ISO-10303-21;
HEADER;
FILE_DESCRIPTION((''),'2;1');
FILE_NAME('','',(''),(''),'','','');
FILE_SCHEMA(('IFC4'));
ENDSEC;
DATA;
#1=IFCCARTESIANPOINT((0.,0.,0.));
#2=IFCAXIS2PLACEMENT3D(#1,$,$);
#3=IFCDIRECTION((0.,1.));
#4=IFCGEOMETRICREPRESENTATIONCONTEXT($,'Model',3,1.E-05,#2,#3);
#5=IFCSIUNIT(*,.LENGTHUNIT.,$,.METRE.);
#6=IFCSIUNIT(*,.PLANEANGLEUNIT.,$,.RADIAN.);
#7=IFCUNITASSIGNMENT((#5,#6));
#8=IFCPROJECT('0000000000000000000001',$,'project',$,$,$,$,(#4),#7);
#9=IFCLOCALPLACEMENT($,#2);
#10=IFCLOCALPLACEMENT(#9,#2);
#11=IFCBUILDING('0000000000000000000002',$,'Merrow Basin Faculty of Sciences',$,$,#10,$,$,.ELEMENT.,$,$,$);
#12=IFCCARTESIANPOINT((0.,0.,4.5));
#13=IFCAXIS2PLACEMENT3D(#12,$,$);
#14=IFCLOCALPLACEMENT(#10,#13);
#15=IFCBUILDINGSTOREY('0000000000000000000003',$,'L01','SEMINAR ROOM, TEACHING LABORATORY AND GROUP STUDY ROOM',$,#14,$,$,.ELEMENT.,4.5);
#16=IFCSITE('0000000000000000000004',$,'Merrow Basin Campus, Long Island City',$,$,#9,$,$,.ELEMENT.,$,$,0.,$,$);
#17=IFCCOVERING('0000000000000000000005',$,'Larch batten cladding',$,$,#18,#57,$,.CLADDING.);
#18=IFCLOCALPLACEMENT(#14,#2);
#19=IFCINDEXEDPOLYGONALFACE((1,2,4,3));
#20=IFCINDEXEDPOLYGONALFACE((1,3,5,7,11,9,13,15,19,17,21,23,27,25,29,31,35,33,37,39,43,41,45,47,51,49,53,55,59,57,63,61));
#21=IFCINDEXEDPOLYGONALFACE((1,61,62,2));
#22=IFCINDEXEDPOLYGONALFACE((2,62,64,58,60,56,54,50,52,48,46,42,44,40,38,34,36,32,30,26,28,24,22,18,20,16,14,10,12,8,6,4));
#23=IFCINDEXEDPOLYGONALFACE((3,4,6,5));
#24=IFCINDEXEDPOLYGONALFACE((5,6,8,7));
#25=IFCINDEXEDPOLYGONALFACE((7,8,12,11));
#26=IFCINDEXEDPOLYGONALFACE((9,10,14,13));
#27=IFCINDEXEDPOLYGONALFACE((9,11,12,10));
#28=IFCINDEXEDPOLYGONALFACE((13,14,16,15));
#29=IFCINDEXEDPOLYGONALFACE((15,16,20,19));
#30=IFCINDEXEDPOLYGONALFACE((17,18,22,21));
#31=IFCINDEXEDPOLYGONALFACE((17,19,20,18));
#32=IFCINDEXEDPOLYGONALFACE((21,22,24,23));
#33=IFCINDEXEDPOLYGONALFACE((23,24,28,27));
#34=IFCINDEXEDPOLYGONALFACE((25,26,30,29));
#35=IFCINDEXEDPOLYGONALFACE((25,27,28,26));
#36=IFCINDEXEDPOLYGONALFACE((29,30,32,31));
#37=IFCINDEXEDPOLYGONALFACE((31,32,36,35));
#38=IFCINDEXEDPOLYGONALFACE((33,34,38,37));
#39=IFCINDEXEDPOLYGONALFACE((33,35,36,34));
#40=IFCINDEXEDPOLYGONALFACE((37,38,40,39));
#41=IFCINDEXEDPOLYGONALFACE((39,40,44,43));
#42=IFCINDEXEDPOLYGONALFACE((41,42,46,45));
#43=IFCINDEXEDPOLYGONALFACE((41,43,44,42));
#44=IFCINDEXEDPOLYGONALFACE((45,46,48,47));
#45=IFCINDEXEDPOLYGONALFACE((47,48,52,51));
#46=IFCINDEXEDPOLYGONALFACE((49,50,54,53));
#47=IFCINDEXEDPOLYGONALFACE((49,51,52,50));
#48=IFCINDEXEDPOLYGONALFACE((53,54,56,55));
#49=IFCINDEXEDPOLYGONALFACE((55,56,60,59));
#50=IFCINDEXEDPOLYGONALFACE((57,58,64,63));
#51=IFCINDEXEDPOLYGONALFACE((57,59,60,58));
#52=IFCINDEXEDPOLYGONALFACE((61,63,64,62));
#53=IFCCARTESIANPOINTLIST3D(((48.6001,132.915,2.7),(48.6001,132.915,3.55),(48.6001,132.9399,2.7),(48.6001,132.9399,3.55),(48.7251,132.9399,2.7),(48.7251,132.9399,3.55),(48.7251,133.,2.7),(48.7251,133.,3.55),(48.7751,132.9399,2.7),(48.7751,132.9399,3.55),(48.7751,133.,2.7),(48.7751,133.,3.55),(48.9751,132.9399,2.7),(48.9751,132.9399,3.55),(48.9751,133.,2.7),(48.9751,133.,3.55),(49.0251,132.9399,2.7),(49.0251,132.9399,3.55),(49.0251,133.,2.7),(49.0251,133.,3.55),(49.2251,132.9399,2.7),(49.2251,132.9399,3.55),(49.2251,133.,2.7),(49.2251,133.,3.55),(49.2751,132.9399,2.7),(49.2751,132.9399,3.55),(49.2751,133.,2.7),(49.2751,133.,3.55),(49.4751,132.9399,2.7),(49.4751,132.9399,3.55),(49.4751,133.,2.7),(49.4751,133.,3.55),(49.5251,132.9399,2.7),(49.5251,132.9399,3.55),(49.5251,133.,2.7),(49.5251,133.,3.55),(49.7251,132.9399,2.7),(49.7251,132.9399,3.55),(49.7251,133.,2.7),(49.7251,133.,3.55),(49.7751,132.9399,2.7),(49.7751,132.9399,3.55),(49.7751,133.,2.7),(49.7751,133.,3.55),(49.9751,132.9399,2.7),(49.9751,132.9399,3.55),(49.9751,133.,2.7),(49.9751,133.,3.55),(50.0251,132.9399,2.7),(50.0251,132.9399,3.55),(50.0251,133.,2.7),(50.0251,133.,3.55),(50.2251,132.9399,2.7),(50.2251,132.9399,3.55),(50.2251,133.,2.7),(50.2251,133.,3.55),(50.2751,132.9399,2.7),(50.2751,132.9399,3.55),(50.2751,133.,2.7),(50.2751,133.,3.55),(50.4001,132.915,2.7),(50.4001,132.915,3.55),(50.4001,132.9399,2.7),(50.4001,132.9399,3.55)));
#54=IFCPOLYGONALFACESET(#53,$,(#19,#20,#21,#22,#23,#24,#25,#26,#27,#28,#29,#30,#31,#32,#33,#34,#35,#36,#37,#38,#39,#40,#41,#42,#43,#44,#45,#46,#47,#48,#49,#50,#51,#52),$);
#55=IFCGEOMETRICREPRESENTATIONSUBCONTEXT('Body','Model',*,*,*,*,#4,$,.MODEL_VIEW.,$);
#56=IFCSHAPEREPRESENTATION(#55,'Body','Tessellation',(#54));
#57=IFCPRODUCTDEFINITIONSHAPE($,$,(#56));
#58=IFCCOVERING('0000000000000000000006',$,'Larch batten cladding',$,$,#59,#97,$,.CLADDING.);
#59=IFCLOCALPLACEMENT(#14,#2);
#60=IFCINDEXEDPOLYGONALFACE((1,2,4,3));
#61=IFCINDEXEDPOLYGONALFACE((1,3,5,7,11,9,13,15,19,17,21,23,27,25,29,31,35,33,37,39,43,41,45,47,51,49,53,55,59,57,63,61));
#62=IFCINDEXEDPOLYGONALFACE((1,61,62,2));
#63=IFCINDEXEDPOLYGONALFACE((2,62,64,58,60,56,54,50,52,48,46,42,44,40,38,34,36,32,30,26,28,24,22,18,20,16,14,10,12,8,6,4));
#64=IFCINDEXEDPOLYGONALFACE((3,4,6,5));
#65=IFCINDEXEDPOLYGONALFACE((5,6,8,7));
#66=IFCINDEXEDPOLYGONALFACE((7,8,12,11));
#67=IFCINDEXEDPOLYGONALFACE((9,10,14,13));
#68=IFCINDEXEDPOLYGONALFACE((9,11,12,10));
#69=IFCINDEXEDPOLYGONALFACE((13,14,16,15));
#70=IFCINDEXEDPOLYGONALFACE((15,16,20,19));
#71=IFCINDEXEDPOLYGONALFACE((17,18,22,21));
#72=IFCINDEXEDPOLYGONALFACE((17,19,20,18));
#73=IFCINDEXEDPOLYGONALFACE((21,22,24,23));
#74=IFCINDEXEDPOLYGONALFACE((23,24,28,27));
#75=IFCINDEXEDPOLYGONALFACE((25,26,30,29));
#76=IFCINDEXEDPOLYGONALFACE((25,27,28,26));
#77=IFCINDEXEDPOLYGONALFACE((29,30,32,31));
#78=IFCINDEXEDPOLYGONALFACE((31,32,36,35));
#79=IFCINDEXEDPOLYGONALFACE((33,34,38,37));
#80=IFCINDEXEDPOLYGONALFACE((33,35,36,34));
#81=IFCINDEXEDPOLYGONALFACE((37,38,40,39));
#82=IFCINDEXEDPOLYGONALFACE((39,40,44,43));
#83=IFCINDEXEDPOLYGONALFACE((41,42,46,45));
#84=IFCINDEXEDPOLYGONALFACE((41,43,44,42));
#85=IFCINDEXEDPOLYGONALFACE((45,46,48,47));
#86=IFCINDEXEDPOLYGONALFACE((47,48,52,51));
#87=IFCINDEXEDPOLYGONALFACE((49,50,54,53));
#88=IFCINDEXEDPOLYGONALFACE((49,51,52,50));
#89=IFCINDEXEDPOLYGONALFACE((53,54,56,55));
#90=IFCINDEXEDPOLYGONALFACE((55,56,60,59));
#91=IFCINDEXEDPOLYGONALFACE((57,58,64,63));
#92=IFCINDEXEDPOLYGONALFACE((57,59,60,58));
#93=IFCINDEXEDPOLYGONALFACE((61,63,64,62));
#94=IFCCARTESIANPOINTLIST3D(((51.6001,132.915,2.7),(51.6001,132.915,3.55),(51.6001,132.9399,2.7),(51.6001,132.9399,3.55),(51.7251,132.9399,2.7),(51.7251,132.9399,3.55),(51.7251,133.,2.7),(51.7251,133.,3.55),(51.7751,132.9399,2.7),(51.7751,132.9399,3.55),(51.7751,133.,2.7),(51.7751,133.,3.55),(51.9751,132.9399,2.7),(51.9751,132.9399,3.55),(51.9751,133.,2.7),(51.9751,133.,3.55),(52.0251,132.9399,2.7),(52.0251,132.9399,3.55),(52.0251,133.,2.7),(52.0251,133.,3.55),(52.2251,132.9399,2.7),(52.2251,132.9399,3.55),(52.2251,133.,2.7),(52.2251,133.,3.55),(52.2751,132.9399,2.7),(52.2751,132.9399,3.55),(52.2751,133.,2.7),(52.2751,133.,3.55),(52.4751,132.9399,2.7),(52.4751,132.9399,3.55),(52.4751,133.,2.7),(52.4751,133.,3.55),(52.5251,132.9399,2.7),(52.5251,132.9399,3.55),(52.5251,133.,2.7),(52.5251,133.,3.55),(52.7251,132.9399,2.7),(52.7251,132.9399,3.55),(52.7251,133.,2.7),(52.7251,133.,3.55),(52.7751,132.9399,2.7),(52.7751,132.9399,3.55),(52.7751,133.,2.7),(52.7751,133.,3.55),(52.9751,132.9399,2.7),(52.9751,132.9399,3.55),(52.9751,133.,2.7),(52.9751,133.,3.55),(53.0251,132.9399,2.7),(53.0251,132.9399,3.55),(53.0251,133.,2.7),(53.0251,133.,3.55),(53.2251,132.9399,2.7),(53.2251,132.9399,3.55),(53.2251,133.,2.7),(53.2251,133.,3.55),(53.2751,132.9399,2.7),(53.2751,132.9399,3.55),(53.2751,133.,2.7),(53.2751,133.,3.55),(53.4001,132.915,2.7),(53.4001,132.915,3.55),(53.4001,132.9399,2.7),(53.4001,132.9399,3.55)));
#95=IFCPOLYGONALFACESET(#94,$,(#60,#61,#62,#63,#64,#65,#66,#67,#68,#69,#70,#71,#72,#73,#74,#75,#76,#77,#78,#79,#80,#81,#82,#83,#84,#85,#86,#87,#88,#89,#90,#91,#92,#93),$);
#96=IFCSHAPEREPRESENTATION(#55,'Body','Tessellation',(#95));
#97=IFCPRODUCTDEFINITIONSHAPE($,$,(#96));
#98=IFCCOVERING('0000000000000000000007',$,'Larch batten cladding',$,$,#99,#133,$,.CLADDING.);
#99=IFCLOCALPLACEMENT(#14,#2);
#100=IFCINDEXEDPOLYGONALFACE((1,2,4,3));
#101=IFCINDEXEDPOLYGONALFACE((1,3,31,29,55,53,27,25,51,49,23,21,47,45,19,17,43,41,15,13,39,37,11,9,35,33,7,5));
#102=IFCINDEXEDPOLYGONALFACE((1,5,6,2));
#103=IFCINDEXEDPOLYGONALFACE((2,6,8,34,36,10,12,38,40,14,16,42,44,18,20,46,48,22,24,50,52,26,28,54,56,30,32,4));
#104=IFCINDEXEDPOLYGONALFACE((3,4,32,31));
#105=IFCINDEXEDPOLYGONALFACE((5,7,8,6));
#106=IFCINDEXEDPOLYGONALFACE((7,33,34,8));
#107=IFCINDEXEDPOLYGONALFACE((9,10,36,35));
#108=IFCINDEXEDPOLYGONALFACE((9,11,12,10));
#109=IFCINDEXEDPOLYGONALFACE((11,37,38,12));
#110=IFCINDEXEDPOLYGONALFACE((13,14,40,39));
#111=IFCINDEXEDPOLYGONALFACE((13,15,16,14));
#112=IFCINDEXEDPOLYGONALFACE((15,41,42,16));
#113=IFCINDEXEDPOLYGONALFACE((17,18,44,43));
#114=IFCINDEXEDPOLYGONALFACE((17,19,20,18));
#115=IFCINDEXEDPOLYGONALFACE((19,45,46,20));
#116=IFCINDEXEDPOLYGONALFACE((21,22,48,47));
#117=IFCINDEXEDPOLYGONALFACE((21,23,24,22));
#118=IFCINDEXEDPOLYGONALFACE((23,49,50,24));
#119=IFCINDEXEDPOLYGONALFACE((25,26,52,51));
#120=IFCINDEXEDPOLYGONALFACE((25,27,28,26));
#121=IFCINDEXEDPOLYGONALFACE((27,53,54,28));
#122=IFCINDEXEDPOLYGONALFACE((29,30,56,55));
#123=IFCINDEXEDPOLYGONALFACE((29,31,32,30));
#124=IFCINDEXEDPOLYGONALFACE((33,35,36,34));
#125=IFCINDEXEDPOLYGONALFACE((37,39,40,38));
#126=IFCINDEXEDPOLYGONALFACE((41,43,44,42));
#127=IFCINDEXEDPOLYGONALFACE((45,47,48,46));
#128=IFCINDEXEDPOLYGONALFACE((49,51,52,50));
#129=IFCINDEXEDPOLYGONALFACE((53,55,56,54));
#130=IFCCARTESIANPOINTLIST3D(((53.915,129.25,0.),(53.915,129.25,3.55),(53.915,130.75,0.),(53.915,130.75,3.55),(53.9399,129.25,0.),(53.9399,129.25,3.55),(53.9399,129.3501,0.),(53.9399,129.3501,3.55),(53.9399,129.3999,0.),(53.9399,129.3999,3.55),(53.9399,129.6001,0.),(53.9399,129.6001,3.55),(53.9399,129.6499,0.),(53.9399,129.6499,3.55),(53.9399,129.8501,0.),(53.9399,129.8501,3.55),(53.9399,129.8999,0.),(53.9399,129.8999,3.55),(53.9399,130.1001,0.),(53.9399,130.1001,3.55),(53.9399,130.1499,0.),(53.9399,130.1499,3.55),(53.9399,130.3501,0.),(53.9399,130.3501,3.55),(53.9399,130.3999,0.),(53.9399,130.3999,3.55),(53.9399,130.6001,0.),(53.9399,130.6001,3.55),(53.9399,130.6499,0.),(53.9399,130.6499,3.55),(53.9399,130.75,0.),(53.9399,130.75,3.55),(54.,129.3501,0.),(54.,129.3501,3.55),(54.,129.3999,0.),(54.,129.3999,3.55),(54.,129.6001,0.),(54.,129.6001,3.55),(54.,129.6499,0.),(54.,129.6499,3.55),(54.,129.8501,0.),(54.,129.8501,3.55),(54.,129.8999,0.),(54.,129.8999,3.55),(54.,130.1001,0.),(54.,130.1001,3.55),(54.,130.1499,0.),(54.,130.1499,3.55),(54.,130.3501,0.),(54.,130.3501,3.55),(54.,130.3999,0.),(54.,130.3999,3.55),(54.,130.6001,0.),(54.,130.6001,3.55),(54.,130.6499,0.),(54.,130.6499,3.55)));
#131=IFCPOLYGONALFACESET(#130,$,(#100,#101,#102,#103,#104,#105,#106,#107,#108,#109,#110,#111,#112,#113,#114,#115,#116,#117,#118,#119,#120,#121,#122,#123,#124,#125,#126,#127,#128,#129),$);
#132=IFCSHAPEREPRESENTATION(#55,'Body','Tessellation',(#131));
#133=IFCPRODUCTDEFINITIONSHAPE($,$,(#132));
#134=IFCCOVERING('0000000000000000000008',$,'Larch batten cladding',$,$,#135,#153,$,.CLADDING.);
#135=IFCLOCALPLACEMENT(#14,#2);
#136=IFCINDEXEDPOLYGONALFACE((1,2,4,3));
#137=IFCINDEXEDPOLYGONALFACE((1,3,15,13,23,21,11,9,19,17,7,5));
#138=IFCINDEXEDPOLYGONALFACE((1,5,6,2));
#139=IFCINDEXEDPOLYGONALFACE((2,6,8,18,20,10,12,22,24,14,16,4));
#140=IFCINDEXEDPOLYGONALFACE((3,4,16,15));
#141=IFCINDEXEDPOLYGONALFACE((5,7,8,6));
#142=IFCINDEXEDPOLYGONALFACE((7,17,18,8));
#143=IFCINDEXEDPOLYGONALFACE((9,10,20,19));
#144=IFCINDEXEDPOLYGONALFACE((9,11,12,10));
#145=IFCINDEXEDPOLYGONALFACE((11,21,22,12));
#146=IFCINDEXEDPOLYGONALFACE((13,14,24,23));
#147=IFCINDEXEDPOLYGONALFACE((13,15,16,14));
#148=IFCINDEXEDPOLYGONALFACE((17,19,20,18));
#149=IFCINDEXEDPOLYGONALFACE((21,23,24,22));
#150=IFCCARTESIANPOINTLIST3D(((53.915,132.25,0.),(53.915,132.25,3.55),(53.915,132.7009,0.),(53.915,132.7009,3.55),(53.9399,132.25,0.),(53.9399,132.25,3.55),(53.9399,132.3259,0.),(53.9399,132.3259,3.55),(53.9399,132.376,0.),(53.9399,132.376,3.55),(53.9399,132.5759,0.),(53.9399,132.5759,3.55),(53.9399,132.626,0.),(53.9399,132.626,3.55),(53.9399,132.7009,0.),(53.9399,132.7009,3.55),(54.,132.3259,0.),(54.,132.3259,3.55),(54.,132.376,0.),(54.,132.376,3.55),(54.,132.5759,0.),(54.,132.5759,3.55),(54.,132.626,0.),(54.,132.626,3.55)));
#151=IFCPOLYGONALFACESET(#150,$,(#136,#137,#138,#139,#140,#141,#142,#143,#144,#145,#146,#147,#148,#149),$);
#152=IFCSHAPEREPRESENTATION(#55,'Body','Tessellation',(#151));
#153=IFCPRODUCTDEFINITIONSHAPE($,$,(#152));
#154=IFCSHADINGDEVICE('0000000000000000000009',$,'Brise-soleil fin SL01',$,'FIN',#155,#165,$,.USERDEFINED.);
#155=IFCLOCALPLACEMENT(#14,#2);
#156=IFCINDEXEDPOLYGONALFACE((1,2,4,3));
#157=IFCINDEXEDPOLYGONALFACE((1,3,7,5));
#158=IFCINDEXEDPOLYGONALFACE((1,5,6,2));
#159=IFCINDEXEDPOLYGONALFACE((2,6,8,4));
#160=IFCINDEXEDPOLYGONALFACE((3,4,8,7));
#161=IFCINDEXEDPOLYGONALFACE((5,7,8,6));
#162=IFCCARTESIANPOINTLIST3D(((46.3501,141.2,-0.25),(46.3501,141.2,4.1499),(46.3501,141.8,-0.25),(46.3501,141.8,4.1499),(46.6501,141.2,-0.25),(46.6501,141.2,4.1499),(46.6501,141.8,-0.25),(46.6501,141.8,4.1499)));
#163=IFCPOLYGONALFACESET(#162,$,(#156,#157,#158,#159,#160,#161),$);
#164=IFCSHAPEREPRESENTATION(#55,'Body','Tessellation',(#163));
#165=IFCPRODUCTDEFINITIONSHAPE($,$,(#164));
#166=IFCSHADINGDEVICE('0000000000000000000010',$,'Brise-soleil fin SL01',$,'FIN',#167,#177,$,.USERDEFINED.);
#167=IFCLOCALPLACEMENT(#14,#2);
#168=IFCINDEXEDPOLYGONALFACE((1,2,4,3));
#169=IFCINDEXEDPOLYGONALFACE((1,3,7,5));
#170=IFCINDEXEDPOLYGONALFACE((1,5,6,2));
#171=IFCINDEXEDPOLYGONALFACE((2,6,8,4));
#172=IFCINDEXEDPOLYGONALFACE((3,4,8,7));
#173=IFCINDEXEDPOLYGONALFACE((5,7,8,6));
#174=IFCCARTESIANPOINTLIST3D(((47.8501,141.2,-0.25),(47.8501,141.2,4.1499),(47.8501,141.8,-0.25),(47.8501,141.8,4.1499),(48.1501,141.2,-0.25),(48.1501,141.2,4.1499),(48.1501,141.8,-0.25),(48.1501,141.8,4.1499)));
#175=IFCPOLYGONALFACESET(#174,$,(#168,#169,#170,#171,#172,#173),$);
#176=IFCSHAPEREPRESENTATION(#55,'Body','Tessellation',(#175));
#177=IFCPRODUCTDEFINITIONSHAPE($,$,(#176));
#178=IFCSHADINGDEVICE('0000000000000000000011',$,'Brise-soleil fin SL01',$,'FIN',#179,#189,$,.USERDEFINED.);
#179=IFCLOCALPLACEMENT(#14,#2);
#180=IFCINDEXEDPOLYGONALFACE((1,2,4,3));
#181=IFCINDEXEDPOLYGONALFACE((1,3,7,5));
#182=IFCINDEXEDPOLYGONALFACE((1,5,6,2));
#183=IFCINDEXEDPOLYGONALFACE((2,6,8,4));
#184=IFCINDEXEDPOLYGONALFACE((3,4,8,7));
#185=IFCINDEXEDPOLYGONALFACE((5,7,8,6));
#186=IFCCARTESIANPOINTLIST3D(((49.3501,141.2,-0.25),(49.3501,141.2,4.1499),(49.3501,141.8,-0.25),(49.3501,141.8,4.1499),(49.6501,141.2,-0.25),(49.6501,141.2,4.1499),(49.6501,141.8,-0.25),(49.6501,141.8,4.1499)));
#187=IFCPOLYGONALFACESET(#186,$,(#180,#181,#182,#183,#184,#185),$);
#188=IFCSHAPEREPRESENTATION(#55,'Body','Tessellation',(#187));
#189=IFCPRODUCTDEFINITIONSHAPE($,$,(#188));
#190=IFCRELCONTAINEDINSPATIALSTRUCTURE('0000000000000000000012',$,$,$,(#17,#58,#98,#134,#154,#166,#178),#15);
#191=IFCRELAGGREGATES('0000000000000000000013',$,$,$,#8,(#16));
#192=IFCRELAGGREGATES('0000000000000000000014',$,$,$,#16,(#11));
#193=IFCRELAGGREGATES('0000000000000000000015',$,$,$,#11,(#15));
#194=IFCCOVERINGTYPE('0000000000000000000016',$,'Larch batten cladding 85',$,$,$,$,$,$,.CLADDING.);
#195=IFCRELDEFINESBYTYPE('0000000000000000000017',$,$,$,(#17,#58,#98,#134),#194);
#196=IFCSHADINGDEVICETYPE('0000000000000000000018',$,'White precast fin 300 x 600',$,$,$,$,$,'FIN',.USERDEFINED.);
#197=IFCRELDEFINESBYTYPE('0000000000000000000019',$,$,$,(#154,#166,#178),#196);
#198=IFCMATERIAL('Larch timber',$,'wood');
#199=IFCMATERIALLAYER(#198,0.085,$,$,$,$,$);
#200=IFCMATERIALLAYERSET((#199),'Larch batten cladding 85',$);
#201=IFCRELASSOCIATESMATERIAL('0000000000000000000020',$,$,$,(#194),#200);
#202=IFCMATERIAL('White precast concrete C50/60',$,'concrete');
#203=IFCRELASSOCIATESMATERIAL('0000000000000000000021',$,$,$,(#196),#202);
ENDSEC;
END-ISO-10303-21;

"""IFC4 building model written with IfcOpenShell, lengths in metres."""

from ifc_helpers import new_model, si_unit, direction, frame, origin, place, context, subcontext, project, spatial, polyline, outline, extrude, source, transform, mapped, material, layer, layer_set, type_object, element, save


model = new_model("IFC4")

# Units and contexts
model_context = context("Model", 3, precision=1e-05, world=origin(), true_north=direction((0.0, 1.0)))
body_context = subcontext(model_context, "Body", "Model", "MODEL_VIEW")
ifc_project = project(units=[si_unit("LENGTHUNIT", "METRE"), si_unit("PLANEANGLEUNIT", "RADIAN")], contexts=[model_context])

# Site, building, storey
site_placement = place(None, origin())
site = spatial("IfcSite", under=ifc_project, at=site_placement, Name="Merrow Basin Campus, Long Island City", CompositionType="ELEMENT", RefElevation=0.0)
building_placement = place(site_placement, origin())
building = spatial("IfcBuilding", under=site, at=building_placement, Name="Merrow Basin Faculty of Sciences", CompositionType="ELEMENT")
storey_placement = place(building_placement, frame((0.0, 0.0, 4.5)))
storey = spatial("IfcBuildingStorey", under=building, at=storey_placement, Name="L01", Description="SEMINAR ROOM, TEACHING LABORATORY AND GROUP STUDY ROOM", CompositionType="ELEMENT", Elevation=4.5)

# Coverings
ifc_material_1 = material(Name="Larch timber", Category="wood")
ifc_layer_1 = layer(ifc_material_1, 0.085)
ifc_layer_set_1 = layer_set([ifc_layer_1], Name="Larch batten cladding 85")
covering_type = type_object("IfcCoveringType", Name="Larch batten cladding 85", PredefinedType="CLADDING", material=ifc_layer_set_1)
shared_shape_1 = source(origin(), body_context, "Body", "SweptSolid", [
    extrude(outline(polyline([(0.0, 0.0), (1.8, 0.0), (1.8, 0.0249), (1.675, 0.0249), (1.675, 0.085), (1.625, 0.085), (1.625, 0.0249), (1.425, 0.0249), (1.425, 0.085), (1.375, 0.085), (1.375, 0.0249), (1.175, 0.0249), (1.175, 0.085), (1.125, 0.085), (1.125, 0.0249), (0.925, 0.0249), (0.925, 0.085), (0.875, 0.085), (0.875, 0.0249), (0.675, 0.0249), (0.675, 0.085), (0.625, 0.085), (0.625, 0.0249), (0.425, 0.0249), (0.425, 0.085), (0.375, 0.085), (0.375, 0.0249), (0.175, 0.0249), (0.175, 0.085), (0.125, 0.085), (0.125, 0.0249), (0.0, 0.0249), (0.0, 0.0)])), origin(), (0.0, 0.0, 1.0), 0.8501),
])
for number, where, z_axis, x_axis, name in (
    (1, (48.6001, 132.915, 2.7), (0.0, 0.0, 1.0), (1.0, 0.0, 0.0), "Larch batten cladding"),
    (2, (51.6001, 132.915, 2.7), (0.0, 0.0, 1.0), (1.0, 0.0, 0.0), "Larch batten cladding"),
):
    element("IfcCovering", number, at=place(storey_placement, frame(where, z_axis=z_axis, x_axis=x_axis)), inside=storey, type_object=covering_type, Name=name, PredefinedType="CLADDING", context=body_context, shape_type="MappedRepresentation", body=[
        mapped(shared_shape_1, transform((0.0, 0.0, 0.0), scale=1.0)),
    ])
shared_shape_2 = source(origin(), body_context, "Body", "SweptSolid", [
    extrude(outline(polyline([(0.0, 0.0), (1.5, 0.0), (1.5, 0.0249), (1.3999, 0.0249), (1.3999, 0.085), (1.3501, 0.085), (1.3501, 0.0249), (1.1499, 0.0249), (1.1499, 0.085), (1.1001, 0.085), (1.1001, 0.0249), (0.8999, 0.0249), (0.8999, 0.085), (0.8501, 0.085), (0.8501, 0.0249), (0.6499, 0.0249), (0.6499, 0.085), (0.6001, 0.085), (0.6001, 0.0249), (0.3999, 0.0249), (0.3999, 0.085), (0.3501, 0.085), (0.3501, 0.0249), (0.1499, 0.0249), (0.1499, 0.085), (0.1001, 0.085), (0.1001, 0.0249), (0.0, 0.0249), (0.0, 0.0)])), origin(), (0.0, 0.0, 1.0), 3.55),
])
covering_1_placement = place(storey_placement, frame((53.915, 130.75, 0.0), z_axis=(0.0, 0.0, 1.0), x_axis=(0.0, -1.0, 0.0)))
element("IfcCovering", 3, at=covering_1_placement, inside=storey, type_object=covering_type, Name="Larch batten cladding", PredefinedType="CLADDING", context=body_context, shape_type="MappedRepresentation", body=[
    mapped(shared_shape_2, transform((0.0, 0.0, 0.0), scale=1.0)),
])
shared_shape_3 = source(origin(), body_context, "Body", "SweptSolid", [
    extrude(outline(polyline([(0.0, 0.0), (0.4509, 0.0), (0.4509, 0.0249), (0.375, 0.0249), (0.375, 0.085), (0.325, 0.085), (0.325, 0.0249), (0.125, 0.0249), (0.125, 0.085), (0.075, 0.085), (0.075, 0.0249), (0.0, 0.0249), (0.0, 0.0)])), origin(), (0.0, 0.0, 1.0), 3.55),
])
covering_2_placement = place(storey_placement, frame((53.915, 132.7009, 0.0), z_axis=(0.0, 0.0, 1.0), x_axis=(0.0, -1.0, 0.0)))
element("IfcCovering", 4, at=covering_2_placement, inside=storey, type_object=covering_type, Name="Larch batten cladding", PredefinedType="CLADDING", context=body_context, shape_type="MappedRepresentation", body=[
    mapped(shared_shape_3, transform((0.0, 0.0, 0.0), scale=1.0)),
])

# Shading devices
ifc_material_2 = material(Name="White precast concrete C50/60", Category="concrete")
shading_device_type = type_object("IfcShadingDeviceType", Name="White precast fin 300 x 600", ElementType="FIN", PredefinedType="USERDEFINED", material=ifc_material_2)
shared_shape_4 = source(origin(), body_context, "Body", "SweptSolid", [
    extrude(outline(polyline([(0.0, 0.0), (0.3, 0.0), (0.3, 4.3999), (0.0, 4.3999), (0.0, 0.0)])), origin(), (0.0, 0.0, 1.0), 0.6001),
])
for number, where, z_axis, x_axis, name in (
    (5, (46.3501, 141.8, -0.25), (0.0, -1.0, 0.0), (1.0, 0.0, 0.0), "Brise-soleil fin SL01"),
    (6, (47.8501, 141.8, -0.25), (0.0, -1.0, 0.0), (1.0, 0.0, 0.0), "Brise-soleil fin SL01"),
    (7, (49.3501, 141.8, -0.25), (0.0, -1.0, 0.0), (1.0, 0.0, 0.0), "Brise-soleil fin SL01"),
):
    element("IfcShadingDevice", number, at=place(storey_placement, frame(where, z_axis=z_axis, x_axis=x_axis)), inside=storey, type_object=shading_device_type, Name=name, ObjectType="FIN", PredefinedType="USERDEFINED", context=body_context, shape_type="MappedRepresentation", body=[
        mapped(shared_shape_4, transform((0.0, 0.0, 0.0), scale=1.0)),
    ])

save(model, "model.ifc")
